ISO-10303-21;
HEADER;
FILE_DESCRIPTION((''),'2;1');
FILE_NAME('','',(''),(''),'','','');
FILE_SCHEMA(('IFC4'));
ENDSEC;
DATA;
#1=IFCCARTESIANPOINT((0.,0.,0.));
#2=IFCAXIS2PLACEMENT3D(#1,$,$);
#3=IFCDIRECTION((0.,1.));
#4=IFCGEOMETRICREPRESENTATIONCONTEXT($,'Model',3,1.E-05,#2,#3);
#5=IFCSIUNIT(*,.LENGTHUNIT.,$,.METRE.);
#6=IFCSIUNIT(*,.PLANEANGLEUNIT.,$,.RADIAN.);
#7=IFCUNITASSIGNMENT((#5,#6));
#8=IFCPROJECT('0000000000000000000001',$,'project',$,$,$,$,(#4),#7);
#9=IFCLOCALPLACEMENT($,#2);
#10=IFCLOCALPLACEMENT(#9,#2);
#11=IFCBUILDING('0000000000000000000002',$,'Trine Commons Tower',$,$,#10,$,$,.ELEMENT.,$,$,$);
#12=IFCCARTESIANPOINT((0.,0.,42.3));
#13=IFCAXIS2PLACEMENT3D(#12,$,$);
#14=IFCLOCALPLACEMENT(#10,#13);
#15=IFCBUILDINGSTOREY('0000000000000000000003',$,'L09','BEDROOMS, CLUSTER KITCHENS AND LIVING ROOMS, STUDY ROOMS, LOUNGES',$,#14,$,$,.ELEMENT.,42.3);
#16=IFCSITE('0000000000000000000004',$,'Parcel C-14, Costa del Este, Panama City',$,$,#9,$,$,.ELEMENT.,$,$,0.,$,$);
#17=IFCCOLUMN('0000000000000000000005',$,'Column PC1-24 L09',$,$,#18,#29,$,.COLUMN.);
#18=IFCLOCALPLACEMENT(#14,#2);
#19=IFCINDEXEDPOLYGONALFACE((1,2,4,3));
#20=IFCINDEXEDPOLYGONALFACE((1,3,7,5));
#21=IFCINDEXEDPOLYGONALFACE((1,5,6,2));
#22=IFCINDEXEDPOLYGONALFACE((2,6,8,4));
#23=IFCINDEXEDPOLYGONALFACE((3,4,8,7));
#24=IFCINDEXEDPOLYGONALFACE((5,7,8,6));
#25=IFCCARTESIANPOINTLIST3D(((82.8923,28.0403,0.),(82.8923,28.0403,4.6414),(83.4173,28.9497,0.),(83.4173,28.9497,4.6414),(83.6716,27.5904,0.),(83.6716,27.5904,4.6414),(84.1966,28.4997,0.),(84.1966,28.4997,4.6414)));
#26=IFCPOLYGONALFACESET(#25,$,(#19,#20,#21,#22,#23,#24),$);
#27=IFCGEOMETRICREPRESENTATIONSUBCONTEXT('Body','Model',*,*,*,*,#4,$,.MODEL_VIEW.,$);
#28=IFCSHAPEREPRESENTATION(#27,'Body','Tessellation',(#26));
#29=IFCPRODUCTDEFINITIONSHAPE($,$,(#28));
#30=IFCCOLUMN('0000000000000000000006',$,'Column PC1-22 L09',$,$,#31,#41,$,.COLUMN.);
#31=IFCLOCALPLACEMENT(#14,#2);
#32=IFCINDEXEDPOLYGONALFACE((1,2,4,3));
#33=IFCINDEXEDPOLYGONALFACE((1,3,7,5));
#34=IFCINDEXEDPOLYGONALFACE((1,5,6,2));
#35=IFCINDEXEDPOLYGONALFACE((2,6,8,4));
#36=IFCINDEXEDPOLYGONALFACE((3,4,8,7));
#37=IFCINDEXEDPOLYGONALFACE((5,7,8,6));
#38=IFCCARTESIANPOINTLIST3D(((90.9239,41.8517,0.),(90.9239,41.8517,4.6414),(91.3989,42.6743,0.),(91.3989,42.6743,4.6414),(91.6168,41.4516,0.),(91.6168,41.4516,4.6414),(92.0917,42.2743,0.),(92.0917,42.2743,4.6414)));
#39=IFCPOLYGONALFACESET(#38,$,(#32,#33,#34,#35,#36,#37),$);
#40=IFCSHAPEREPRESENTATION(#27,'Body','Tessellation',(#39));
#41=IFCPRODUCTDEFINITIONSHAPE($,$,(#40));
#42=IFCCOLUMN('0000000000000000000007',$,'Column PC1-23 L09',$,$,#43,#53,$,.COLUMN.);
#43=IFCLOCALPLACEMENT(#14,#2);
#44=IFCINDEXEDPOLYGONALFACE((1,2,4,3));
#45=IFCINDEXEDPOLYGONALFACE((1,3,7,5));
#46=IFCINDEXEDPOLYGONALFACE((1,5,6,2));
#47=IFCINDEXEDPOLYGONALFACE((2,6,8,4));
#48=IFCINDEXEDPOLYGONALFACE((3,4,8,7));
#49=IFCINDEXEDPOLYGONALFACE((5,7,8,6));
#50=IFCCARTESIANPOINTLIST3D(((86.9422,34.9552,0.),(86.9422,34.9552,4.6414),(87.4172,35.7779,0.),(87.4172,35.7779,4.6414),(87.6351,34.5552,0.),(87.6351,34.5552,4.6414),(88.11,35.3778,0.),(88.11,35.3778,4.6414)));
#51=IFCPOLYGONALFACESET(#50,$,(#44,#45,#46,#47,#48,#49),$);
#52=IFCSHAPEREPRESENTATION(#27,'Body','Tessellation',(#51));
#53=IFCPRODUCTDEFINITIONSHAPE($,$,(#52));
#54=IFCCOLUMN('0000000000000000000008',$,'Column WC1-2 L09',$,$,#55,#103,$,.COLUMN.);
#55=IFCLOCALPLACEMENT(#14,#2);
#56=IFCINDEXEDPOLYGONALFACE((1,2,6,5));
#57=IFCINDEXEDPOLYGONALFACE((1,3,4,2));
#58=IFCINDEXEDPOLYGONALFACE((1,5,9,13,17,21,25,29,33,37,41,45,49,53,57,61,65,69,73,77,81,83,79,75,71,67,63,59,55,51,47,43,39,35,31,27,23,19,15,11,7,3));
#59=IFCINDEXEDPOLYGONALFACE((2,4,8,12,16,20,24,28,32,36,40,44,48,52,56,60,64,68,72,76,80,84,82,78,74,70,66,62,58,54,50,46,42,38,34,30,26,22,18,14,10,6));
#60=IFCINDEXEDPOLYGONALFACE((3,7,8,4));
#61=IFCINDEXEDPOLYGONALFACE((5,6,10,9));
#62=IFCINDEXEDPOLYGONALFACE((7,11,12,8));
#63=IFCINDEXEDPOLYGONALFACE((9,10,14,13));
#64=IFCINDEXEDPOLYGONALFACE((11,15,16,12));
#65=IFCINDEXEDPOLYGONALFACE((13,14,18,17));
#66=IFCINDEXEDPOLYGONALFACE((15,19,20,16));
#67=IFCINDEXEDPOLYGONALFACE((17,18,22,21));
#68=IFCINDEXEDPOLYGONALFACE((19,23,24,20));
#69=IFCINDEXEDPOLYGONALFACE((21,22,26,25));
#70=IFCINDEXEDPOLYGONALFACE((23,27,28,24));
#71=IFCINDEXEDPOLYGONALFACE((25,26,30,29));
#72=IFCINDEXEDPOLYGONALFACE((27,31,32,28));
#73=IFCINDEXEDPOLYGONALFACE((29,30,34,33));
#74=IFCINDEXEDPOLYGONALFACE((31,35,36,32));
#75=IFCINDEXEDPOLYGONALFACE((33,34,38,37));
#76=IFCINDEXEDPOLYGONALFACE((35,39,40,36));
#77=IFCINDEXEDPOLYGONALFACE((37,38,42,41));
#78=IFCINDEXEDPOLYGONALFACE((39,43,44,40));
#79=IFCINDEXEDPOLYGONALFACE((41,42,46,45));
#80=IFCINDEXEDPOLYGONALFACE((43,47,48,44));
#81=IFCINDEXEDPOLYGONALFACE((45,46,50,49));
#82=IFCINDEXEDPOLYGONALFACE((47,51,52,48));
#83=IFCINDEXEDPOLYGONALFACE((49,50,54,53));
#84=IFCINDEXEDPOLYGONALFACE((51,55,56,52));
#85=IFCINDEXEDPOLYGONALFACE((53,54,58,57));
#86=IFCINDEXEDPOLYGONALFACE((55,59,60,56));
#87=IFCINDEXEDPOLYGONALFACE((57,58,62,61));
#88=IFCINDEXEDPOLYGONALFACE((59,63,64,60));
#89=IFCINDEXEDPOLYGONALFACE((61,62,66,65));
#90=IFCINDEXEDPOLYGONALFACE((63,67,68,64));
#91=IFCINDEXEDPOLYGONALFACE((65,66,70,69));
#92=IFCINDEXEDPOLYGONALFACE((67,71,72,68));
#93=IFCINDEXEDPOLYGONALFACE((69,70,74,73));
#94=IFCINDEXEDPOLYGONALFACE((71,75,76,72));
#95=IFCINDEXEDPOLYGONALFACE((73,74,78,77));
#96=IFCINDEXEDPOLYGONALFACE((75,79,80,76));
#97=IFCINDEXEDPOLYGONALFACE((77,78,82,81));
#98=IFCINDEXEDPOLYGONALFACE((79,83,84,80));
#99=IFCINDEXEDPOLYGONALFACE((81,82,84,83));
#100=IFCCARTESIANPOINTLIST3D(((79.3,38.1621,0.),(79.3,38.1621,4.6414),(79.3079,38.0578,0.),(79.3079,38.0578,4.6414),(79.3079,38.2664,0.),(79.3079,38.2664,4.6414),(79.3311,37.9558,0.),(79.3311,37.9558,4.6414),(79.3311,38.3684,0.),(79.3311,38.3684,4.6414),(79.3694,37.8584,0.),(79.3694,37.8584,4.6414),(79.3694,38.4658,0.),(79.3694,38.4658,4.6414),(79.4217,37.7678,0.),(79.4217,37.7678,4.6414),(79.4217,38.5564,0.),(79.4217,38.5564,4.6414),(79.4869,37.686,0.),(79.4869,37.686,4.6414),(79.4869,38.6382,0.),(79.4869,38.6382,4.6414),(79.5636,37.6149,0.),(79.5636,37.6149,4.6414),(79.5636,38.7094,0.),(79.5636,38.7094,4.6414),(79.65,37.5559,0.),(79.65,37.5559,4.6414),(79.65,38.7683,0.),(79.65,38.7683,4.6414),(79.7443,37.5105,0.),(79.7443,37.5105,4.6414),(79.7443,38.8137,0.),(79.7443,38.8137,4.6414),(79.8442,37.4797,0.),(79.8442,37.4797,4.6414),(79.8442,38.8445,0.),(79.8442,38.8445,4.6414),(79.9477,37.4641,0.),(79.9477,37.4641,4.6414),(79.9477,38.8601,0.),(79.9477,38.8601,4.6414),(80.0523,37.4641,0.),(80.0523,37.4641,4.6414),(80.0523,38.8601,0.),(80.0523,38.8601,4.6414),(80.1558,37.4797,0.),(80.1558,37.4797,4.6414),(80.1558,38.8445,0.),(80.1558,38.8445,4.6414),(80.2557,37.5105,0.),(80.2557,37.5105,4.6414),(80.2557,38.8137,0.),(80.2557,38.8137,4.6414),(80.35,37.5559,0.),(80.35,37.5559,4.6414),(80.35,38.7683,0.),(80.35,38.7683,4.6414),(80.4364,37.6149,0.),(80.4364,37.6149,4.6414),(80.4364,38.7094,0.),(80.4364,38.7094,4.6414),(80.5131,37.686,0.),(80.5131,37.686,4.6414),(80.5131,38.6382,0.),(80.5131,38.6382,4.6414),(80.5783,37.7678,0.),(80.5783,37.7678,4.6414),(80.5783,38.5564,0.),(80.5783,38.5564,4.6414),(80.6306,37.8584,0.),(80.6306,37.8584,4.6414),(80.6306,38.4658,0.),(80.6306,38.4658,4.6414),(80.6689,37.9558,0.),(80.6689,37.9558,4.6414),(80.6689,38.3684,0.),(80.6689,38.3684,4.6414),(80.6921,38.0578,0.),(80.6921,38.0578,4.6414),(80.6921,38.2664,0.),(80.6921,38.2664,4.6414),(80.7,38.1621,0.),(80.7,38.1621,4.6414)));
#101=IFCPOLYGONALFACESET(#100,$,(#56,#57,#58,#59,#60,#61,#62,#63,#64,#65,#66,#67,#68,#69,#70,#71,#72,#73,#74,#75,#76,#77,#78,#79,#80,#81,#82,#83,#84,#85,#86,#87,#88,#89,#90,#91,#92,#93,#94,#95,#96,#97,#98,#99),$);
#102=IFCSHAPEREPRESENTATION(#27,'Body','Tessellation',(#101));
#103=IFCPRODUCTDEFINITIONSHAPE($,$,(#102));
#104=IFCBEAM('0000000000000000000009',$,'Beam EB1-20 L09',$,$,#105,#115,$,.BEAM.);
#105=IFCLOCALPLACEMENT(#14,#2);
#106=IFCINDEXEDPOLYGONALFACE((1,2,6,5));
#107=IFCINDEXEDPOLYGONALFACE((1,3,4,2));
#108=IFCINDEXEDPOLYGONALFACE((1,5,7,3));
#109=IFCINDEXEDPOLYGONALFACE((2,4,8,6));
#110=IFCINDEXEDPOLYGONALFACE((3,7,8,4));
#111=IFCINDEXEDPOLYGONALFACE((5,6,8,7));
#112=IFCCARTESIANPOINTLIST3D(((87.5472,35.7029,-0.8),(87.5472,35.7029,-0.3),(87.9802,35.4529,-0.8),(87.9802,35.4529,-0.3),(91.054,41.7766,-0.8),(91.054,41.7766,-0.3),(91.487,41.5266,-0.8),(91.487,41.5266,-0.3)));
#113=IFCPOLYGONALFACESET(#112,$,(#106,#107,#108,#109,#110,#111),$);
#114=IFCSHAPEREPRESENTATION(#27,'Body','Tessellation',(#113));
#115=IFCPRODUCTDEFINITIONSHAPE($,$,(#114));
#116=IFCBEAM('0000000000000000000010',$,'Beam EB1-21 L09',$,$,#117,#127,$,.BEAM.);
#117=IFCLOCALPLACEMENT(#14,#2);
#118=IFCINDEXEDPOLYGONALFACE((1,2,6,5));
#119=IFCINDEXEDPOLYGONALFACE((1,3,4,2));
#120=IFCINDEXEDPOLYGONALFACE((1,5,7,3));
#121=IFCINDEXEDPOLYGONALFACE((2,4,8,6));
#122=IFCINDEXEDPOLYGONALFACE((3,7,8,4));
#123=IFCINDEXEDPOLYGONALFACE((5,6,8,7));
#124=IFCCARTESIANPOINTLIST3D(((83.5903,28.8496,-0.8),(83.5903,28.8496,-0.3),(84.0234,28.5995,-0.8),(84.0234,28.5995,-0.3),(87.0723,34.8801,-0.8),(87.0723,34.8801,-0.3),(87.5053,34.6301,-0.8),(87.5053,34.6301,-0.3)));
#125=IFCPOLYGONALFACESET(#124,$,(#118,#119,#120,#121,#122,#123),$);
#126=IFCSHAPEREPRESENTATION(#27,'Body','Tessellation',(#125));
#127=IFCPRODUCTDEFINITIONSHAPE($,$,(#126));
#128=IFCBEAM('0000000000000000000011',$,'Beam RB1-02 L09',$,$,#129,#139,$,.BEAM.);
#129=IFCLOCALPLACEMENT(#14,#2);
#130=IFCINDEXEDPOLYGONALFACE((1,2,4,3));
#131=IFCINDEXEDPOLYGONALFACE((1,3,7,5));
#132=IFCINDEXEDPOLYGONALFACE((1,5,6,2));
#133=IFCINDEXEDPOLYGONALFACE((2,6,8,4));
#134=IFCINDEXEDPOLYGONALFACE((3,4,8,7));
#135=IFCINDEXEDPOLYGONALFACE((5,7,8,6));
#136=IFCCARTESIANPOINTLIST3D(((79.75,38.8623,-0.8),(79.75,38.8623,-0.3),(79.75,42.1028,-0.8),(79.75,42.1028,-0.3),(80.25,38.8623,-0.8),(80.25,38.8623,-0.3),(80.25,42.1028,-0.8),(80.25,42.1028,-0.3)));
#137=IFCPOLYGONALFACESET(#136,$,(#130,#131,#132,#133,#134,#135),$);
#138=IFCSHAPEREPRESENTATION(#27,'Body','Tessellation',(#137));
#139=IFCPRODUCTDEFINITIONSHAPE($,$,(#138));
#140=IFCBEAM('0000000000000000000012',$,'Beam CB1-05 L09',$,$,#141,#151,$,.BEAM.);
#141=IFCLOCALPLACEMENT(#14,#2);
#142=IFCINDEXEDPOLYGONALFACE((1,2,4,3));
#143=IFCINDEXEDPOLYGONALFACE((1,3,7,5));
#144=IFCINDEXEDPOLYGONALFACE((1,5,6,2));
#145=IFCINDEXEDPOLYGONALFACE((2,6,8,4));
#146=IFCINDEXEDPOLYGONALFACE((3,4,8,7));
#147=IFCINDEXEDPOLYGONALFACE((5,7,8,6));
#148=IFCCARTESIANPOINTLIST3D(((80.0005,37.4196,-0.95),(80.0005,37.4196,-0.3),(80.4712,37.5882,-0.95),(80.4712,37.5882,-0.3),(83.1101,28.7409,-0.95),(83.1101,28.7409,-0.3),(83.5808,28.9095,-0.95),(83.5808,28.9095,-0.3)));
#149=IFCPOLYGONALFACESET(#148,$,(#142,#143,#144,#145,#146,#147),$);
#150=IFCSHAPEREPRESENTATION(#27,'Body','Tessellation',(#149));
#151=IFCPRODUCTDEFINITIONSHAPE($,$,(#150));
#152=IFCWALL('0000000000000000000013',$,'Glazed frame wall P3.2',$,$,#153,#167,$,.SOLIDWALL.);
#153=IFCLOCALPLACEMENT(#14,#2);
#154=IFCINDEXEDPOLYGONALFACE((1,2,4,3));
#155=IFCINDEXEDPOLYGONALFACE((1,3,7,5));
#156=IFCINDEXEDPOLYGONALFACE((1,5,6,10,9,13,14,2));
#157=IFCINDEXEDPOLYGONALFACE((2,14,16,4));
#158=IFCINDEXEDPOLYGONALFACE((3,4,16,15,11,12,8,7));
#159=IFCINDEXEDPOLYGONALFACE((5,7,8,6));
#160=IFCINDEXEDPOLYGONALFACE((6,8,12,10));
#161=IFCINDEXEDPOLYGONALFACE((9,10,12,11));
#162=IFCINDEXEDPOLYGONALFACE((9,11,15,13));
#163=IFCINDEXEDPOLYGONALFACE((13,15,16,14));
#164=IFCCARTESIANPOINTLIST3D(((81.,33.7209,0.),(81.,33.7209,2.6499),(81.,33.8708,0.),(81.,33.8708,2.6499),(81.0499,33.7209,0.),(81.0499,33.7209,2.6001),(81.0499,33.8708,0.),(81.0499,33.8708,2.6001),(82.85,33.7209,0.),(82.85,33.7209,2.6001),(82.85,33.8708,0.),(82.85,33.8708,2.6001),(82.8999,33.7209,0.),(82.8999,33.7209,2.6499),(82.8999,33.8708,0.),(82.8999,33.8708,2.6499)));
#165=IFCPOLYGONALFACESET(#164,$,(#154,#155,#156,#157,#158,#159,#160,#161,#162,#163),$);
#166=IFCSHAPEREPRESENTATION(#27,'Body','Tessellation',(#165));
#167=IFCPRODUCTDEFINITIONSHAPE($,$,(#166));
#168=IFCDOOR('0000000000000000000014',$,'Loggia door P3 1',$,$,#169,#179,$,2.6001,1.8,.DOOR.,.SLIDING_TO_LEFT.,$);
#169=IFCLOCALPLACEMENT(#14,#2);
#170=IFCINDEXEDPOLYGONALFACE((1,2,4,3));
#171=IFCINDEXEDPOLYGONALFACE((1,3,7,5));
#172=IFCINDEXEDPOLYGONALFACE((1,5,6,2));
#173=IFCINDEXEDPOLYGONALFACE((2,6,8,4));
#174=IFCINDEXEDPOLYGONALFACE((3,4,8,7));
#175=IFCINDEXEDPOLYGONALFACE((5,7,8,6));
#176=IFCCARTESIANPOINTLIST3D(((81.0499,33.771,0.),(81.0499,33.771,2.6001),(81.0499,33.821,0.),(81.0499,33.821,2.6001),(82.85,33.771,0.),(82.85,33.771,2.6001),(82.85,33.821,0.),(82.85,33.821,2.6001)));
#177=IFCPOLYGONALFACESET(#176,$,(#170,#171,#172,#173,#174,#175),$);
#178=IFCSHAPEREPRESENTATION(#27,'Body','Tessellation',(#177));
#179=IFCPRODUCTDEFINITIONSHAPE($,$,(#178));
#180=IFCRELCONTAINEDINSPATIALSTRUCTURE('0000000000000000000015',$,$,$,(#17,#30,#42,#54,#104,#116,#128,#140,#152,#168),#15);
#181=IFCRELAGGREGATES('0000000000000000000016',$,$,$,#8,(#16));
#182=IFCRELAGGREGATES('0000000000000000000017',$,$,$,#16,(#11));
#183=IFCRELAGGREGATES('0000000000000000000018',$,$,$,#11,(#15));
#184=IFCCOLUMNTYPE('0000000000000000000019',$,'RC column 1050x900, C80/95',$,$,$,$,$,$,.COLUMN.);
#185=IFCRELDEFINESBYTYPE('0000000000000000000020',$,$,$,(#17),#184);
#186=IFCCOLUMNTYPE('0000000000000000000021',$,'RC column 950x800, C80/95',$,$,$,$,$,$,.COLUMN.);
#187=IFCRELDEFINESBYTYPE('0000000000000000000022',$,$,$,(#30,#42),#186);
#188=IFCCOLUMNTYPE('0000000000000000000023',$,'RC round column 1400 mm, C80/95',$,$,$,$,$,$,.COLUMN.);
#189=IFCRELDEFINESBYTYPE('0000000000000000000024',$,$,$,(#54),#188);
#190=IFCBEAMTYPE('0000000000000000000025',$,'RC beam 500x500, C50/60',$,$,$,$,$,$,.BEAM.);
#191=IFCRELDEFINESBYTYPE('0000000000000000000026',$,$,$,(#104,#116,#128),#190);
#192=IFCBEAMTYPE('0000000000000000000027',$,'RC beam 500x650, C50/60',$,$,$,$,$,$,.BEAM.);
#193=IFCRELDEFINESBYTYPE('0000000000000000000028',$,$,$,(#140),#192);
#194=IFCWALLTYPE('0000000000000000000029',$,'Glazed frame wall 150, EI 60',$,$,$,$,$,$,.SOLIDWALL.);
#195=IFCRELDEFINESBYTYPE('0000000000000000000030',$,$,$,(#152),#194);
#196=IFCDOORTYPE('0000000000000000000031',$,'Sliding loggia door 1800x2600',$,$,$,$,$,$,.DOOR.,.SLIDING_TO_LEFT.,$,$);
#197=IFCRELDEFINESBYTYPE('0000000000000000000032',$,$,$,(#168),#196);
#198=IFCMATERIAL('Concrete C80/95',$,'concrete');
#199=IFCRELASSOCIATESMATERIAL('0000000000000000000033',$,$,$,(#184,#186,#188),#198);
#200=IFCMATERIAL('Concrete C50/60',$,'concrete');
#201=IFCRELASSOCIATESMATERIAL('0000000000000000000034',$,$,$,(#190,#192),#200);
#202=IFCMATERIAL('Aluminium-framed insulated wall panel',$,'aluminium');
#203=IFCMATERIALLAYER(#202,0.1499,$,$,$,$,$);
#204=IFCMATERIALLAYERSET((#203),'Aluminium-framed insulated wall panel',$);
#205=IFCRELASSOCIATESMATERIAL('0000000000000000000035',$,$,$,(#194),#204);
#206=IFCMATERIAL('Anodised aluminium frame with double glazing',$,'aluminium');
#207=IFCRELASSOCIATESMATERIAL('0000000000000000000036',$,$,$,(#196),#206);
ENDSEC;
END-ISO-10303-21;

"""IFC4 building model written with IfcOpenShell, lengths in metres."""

from ifc_helpers import new_model, si_unit, direction, frame, frame_2d, origin, origin_2d, place, context, subcontext, project, spatial, polyline, rectangle, circle, outline, extrude, material, layer, layer_set, material_profile, profile_set, type_object, element, fill, save


model = new_model("IFC4")

# Units and contexts
model_context = context("Model", 3, precision=1e-05, world=origin(), true_north=direction((0.0, 1.0)))
body_context = subcontext(model_context, "Body", "Model", "MODEL_VIEW")
ifc_project = project(units=[si_unit("LENGTHUNIT", "METRE"), si_unit("PLANEANGLEUNIT", "RADIAN")], contexts=[model_context])

# Site, building, storey
site_placement = place(None, origin())
site = spatial("IfcSite", under=ifc_project, at=site_placement, Name="Parcel C-14, Costa del Este, Panama City", CompositionType="ELEMENT", RefElevation=0.0)
building_placement = place(site_placement, origin())
building = spatial("IfcBuilding", under=site, at=building_placement, Name="Trine Commons Tower", CompositionType="ELEMENT")
storey_placement = place(building_placement, frame((0.0, 0.0, 42.3)))
storey = spatial("IfcBuildingStorey", under=building, at=storey_placement, Name="L09", Description="BEDROOMS, CLUSTER KITCHENS AND LIVING ROOMS, STUDY ROOMS, LOUNGES", CompositionType="ELEMENT", Elevation=42.3)

# Columns
ifc_material_1 = material(Name="Concrete C80/95", Category="concrete")
ifc_material_profile_1 = material_profile(ifc_material_1, rectangle(XDim=1.05, YDim=0.8999, at=origin_2d()), Name="RC 1050x900")
ifc_profile_set_1 = profile_set([ifc_material_profile_1], Name="Concrete C80/95")
column_type_1 = type_object("IfcColumnType", Name="RC column 1050x900, C80/95", PredefinedType="COLUMN", material=ifc_profile_set_1)
column_1_placement = place(storey_placement, frame((83.5444, 28.27, 0.0), z_axis=(0.0, 0.0, 1.0), x_axis=(0.5, 0.866025, 0.0)))
element("IfcColumn", 1, at=column_1_placement, inside=storey, type_object=column_type_1, Name="Column PC1-24 L09", PredefinedType="COLUMN", context=body_context, shape_type="SweptSolid", body=[
    extrude(rectangle(XDim=1.05, YDim=0.8999, at=origin_2d()), origin(), (0.0, 0.0, 1.0), 4.6414),
])
ifc_material_profile_2 = material_profile(ifc_material_1, rectangle(XDim=0.95, YDim=0.8, at=origin_2d()), Name="RC 950x800")
ifc_profile_set_2 = profile_set([ifc_material_profile_2], Name="Concrete C80/95")
column_type_2 = type_object("IfcColumnType", Name="RC column 950x800, C80/95", PredefinedType="COLUMN", material=ifc_profile_set_2)
for number, where, z_axis, x_axis, name in (
    (2, (91.5078, 42.063, 0.0), (0.0, 0.0, 1.0), (0.5, 0.866025, 0.0), "Column PC1-22 L09"),
    (3, (87.5261, 35.1665, 0.0), (0.0, 0.0, 1.0), (0.5, 0.866025, 0.0), "Column PC1-23 L09"),
):
    element("IfcColumn", number, at=place(storey_placement, frame(where, z_axis=z_axis, x_axis=x_axis)), inside=storey, type_object=column_type_2, Name=name, PredefinedType="COLUMN", context=body_context, shape_type="SweptSolid", body=[
        extrude(rectangle(XDim=0.95, YDim=0.8, at=origin_2d()), origin(), (0.0, 0.0, 1.0), 4.6414),
    ])
ifc_material_profile_3 = material_profile(ifc_material_1, circle(Radius=0.7, at=origin_2d()), Name="RC round 1400")
ifc_profile_set_3 = profile_set([ifc_material_profile_3], Name="Concrete C80/95")
column_type_3 = type_object("IfcColumnType", Name="RC round column 1400 mm, C80/95", PredefinedType="COLUMN", material=ifc_profile_set_3)
column_2_placement = place(storey_placement, frame((80.0, 38.1621, 0.0), z_axis=(0.0, 0.0, 1.0), x_axis=(1.0, 0.0, 0.0)))
element("IfcColumn", 4, at=column_2_placement, inside=storey, type_object=column_type_3, Name="Column WC1-2 L09", PredefinedType="COLUMN", context=body_context, shape_type="SweptSolid", body=[
    extrude(circle(Radius=0.7, at=origin_2d()), origin(), (0.0, 0.0, 1.0), 4.6414),
])

# Beams
ifc_material_2 = material(Name="Concrete C50/60", Category="concrete")
ifc_material_profile_4 = material_profile(ifc_material_2, rectangle(XDim=0.5, YDim=0.5, at=origin_2d()), Name="RC 500x500")
ifc_profile_set_4 = profile_set([ifc_material_profile_4], Name="Concrete C50/60")
beam_type_1 = type_object("IfcBeamType", Name="RC beam 500x500, C50/60", PredefinedType="BEAM", material=ifc_profile_set_4)
beam_1_placement = place(storey_placement, frame((91.2705, 41.6516, -0.55), z_axis=(-0.500018, -0.866015, 0.0), x_axis=(0.866015, -0.500018, 0.0)))
element("IfcBeam", 5, at=beam_1_placement, inside=storey, type_object=beam_type_1, Name="Beam EB1-20 L09", PredefinedType="BEAM", context=body_context, shape_type="SweptSolid", body=[
    extrude(rectangle(XDim=0.5, YDim=0.5, at=origin_2d()), origin(), (0.0, 0.0, 1.0), 7.0134),
])
beam_2_placement = place(storey_placement, frame((87.2888, 34.7551, -0.55), z_axis=(-0.500023, -0.866012, 0.0), x_axis=(0.866012, -0.500023, 0.0)))
element("IfcBeam", 6, at=beam_2_placement, inside=storey, type_object=beam_type_1, Name="Beam EB1-21 L09", PredefinedType="BEAM", context=body_context, shape_type="SweptSolid", body=[
    extrude(rectangle(XDim=0.5, YDim=0.5, at=origin_2d()), origin(), (0.0, 0.0, 1.0), 6.9636),
])
beam_3_placement = place(storey_placement, frame((80.0, 42.1028, -0.55), z_axis=(0.0, -1.0, 0.0), x_axis=(1.0, 0.0, 0.0)))
element("IfcBeam", 7, at=beam_3_placement, inside=storey, type_object=beam_type_1, Name="Beam RB1-02 L09", PredefinedType="BEAM", context=body_context, shape_type="SweptSolid", body=[
    extrude(rectangle(XDim=0.5, YDim=0.5, at=origin_2d()), origin(), (0.0, 0.0, 1.0), 3.2405),
])
ifc_material_profile_5 = material_profile(ifc_material_2, rectangle(XDim=0.5, YDim=0.6499, at=origin_2d()), Name="RC 500x650")
ifc_profile_set_5 = profile_set([ifc_material_profile_5], Name="Concrete C50/60")
beam_type_2 = type_object("IfcBeamType", Name="RC beam 500x650, C50/60", PredefinedType="BEAM", material=ifc_profile_set_5)
beam_4_placement = place(storey_placement, frame((83.3455, 28.8252, -0.625), z_axis=(-0.337306, 0.941395, 0.0), x_axis=(-0.941395, -0.337306, 0.0)))
element("IfcBeam", 8, at=beam_4_placement, inside=storey, type_object=beam_type_2, Name="Beam CB1-05 L09", PredefinedType="BEAM", context=body_context, shape_type="SweptSolid", body=[
    extrude(rectangle(XDim=0.5, YDim=0.6499, at=origin_2d()), origin(), (0.0, 0.0, 1.0), 9.219),
])

# Shared definitions
ifc_material_3 = material(Name="Aluminium-framed insulated wall panel", Category="aluminium")
ifc_layer_1 = layer(ifc_material_3, 0.1499)
ifc_layer_set_1 = layer_set([ifc_layer_1], Name="Aluminium-framed insulated wall panel")
wall_type_1 = type_object("IfcWallType", Name="Glazed frame wall 150, EI 60", PredefinedType="SOLIDWALL", material=ifc_layer_set_1)

# Wall, opening, door
wall_1_placement = place(storey_placement, frame((82.8999, 33.7959, 0.0), z_axis=(0.0, 0.0, 1.0), x_axis=(-1.0, 0.0, 0.0)))
wall_1 = element("IfcWall", 9, at=wall_1_placement, inside=storey, type_object=wall_type_1, Name="Glazed frame wall P3.2", PredefinedType="SOLIDWALL", context=body_context, shape_type="SweptSolid", body=[
    extrude(outline(polyline([(0.0, -0.075), (1.8999, -0.075), (1.8999, 0.075), (0.0, 0.075), (0.0, -0.075)])), origin(), (0.0, 0.0, 1.0), 2.6499),
])
opening_1_placement = place(wall_1_placement, frame((0.05, 0.0, 0.0)))
opening_1 = element("IfcOpeningElement", 10, at=opening_1_placement, cuts=wall_1, PredefinedType="OPENING", context=body_context, shape_type="SweptSolid", body=[
    extrude(rectangle(XDim=1.8, YDim=2.6001, at=frame_2d((0.8999, 1.3))), frame((0.0, 0.085, 0.0), z_axis=(0.0, -1.0, 0.0), x_axis=(1.0, 0.0, 0.0)), (0.0, 0.0, 1.0), 0.1699),
])
ifc_material_4 = material(Name="Anodised aluminium frame with double glazing", Category="aluminium")
door_type_1 = type_object("IfcDoorType", Name="Sliding loggia door 1800x2600", OperationType="SLIDING_TO_LEFT", PredefinedType="DOOR", material=ifc_material_4)
door_1_placement = place(opening_1_placement, origin())
door_1 = element("IfcDoor", 11, at=door_1_placement, inside=storey, type_object=door_type_1, Name="Loggia door P3 1", OperationType="SLIDING_TO_LEFT", OverallHeight=2.6001, OverallWidth=1.8, PredefinedType="DOOR", context=body_context, shape_type="SweptSolid", body=[
    extrude(rectangle(XDim=1.8, YDim=2.6001, at=frame_2d((0.8999, 1.3))), frame((0.0, 0.0249, 0.0), z_axis=(0.0, -1.0, 0.0), x_axis=(1.0, 0.0, 0.0)), (0.0, 0.0, 1.0), 0.05),
])
fill(opening_1, door_1)

save(model, "model.ifc")
